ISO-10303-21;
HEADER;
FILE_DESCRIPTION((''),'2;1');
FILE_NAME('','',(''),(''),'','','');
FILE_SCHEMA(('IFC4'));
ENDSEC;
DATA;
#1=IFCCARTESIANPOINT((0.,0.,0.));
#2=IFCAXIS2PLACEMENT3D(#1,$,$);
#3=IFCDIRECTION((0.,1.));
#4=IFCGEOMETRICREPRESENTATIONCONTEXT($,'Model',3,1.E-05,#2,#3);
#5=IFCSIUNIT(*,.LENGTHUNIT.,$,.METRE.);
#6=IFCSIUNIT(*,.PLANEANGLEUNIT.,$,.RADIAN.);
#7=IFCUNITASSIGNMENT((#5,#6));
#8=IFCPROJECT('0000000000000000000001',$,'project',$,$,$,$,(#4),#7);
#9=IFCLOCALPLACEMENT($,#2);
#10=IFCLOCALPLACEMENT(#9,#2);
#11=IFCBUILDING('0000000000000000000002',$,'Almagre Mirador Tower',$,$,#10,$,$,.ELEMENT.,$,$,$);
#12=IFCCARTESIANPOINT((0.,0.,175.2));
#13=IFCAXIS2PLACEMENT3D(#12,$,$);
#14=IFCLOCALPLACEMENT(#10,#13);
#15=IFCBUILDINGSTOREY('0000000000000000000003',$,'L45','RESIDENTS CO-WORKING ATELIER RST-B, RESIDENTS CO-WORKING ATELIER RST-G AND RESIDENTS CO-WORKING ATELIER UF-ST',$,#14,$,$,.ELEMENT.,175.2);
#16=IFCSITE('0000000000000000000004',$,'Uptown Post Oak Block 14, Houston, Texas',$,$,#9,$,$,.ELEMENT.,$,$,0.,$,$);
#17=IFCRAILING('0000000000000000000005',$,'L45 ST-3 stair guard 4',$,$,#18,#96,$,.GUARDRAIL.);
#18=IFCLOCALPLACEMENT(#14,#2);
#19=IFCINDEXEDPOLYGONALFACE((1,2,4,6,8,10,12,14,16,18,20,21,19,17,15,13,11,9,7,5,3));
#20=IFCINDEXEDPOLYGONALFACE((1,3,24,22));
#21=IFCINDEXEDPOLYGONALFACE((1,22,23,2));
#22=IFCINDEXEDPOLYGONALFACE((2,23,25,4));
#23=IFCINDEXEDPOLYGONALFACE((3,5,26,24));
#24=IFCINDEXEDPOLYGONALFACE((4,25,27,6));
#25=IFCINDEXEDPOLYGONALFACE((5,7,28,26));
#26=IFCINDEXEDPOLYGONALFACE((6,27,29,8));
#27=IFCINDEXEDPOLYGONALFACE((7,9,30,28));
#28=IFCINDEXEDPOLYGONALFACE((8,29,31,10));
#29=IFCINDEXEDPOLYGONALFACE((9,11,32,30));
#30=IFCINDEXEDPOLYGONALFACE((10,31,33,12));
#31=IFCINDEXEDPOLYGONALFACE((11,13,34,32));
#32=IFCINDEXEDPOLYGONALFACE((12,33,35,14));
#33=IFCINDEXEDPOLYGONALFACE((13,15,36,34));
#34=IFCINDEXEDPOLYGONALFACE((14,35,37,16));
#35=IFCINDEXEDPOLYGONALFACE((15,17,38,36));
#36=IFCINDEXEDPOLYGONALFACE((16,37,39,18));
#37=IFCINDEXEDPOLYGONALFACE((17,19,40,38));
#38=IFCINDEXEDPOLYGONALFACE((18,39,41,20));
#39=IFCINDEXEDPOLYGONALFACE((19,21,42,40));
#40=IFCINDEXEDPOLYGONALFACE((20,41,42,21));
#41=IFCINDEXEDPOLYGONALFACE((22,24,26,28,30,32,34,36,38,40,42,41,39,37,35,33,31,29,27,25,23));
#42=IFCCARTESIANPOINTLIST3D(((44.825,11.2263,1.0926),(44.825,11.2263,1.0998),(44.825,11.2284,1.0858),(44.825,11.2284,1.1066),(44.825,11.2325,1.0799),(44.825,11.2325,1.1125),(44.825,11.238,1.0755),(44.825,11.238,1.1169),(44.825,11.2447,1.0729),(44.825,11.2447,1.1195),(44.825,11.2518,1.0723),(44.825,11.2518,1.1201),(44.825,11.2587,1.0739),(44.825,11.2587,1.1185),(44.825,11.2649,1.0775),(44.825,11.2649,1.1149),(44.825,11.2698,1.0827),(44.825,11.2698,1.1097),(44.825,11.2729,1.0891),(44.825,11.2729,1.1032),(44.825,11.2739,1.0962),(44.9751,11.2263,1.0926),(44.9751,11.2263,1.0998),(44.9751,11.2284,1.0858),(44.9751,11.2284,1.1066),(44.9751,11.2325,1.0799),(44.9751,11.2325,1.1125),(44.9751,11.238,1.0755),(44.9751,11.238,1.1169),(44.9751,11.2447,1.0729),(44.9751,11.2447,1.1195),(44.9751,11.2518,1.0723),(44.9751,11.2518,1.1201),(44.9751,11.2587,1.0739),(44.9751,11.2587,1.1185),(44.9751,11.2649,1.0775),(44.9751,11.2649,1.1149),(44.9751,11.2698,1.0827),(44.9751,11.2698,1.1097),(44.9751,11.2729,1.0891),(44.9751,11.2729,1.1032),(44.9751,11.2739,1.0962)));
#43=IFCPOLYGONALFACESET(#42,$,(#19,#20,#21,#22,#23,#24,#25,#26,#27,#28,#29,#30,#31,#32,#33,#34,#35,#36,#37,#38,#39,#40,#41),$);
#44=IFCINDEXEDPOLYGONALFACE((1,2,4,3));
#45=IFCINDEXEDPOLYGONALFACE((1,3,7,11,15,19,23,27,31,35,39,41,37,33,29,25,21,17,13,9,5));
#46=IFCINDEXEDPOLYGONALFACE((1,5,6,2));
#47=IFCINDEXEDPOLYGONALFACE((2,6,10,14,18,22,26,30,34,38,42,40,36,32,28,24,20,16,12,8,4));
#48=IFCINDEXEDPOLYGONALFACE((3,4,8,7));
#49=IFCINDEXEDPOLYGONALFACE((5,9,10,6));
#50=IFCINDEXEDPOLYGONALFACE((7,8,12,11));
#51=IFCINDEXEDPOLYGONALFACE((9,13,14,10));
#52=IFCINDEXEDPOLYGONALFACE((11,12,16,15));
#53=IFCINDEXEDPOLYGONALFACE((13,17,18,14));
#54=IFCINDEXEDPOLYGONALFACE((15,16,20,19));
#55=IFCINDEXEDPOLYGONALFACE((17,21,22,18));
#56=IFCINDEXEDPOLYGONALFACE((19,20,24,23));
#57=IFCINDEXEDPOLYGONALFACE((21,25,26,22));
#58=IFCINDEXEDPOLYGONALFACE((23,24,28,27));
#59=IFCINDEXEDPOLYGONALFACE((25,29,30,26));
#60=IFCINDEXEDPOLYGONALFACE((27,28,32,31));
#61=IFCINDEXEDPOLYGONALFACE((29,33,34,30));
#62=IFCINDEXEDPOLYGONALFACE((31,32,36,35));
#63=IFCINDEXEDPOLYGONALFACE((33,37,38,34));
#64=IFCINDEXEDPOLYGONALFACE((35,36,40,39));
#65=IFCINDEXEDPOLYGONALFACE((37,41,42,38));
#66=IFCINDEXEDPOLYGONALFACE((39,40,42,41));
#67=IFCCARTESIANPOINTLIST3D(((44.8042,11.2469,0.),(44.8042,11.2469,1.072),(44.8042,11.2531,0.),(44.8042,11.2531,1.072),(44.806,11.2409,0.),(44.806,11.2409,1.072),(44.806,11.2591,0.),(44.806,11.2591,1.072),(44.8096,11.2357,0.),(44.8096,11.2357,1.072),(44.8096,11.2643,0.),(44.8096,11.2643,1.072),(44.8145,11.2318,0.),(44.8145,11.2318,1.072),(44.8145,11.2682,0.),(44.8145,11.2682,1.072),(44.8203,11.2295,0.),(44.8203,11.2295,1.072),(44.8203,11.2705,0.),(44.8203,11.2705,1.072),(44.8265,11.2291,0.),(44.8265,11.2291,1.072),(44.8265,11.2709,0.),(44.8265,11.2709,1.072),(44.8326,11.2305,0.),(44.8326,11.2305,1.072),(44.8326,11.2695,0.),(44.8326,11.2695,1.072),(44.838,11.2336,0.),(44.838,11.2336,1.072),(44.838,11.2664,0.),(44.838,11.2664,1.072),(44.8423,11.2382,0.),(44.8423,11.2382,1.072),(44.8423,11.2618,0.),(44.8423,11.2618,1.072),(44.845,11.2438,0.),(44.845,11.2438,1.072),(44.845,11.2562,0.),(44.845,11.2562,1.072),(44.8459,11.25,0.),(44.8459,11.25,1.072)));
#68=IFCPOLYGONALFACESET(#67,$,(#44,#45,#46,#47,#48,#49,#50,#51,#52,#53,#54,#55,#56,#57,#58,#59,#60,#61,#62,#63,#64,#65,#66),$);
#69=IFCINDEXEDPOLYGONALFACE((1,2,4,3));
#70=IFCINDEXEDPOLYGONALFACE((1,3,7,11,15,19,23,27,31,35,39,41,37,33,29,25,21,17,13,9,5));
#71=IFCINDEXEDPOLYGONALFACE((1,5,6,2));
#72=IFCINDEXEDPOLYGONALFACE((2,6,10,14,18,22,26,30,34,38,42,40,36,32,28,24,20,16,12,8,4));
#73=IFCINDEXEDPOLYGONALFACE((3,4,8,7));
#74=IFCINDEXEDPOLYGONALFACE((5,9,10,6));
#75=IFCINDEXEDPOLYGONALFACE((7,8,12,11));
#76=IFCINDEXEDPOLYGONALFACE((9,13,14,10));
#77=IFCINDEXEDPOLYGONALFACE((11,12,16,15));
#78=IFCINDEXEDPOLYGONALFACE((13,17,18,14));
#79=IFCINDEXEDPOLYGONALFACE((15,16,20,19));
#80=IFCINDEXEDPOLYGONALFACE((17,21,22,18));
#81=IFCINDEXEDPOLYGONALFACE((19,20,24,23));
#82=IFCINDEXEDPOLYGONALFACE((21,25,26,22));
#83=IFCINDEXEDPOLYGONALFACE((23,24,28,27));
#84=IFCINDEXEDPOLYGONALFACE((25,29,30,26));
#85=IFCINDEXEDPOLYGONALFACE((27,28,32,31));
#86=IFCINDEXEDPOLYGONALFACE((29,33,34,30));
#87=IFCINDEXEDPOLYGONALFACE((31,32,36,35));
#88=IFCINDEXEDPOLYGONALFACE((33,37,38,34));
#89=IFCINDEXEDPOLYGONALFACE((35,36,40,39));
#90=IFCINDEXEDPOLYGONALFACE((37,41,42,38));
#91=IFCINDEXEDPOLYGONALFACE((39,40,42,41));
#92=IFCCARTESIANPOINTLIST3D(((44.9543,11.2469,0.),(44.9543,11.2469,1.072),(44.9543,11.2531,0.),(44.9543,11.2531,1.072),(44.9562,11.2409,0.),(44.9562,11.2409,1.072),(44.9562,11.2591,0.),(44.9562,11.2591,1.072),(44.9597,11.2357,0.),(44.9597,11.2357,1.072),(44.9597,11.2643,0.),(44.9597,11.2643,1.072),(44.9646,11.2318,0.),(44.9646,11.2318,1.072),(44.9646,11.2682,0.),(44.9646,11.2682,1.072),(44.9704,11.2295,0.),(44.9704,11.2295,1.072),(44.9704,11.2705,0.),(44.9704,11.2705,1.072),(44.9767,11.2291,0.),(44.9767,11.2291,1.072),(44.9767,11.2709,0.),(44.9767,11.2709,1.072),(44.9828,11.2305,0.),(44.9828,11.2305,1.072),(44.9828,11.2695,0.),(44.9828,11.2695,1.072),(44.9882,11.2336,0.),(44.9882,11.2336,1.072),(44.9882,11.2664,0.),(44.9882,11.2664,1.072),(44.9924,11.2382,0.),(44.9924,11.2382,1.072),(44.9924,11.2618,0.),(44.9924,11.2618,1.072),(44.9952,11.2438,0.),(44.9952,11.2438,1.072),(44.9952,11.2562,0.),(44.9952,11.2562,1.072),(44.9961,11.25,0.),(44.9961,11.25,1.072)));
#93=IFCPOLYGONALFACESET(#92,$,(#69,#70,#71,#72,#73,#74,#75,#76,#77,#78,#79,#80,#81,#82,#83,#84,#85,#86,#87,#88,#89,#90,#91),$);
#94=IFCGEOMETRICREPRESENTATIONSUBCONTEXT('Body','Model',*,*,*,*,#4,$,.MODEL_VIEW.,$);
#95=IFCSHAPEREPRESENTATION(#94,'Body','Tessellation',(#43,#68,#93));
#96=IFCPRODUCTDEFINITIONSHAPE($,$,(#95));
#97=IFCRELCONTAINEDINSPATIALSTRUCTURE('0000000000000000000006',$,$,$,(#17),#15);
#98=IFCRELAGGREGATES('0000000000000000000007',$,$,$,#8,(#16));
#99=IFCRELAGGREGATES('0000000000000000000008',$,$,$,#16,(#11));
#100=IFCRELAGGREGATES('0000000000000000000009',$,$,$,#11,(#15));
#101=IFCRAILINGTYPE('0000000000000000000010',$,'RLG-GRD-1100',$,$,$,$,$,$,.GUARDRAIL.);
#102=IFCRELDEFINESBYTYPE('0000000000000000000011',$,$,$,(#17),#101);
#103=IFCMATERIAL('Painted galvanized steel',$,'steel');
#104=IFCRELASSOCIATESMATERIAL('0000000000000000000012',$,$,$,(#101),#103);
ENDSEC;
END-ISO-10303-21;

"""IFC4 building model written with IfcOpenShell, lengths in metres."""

from ifc_helpers import new_model, si_unit, direction, frame, origin, origin_2d, place, context, subcontext, project, spatial, circle, extrude, material, type_object, element, save


model = new_model("IFC4")

# Units and contexts
model_context = context("Model", 3, precision=1e-05, world=origin(), true_north=direction((0.0, 1.0)))
body_context = subcontext(model_context, "Body", "Model", "MODEL_VIEW")
ifc_project = project(units=[si_unit("LENGTHUNIT", "METRE"), si_unit("PLANEANGLEUNIT", "RADIAN")], contexts=[model_context])

# Site, building, storey
site_placement = place(None, origin())
site = spatial("IfcSite", under=ifc_project, at=site_placement, Name="Uptown Post Oak Block 14, Houston, Texas", CompositionType="ELEMENT", RefElevation=0.0)
building_placement = place(site_placement, origin())
building = spatial("IfcBuilding", under=site, at=building_placement, Name="Almagre Mirador Tower", CompositionType="ELEMENT")
storey_placement = place(building_placement, frame((0.0, 0.0, 175.2)))
storey = spatial("IfcBuildingStorey", under=building, at=storey_placement, Name="L45", Description="RESIDENTS CO-WORKING ATELIER RST-B, RESIDENTS CO-WORKING ATELIER RST-G AND RESIDENTS CO-WORKING ATELIER UF-ST", CompositionType="ELEMENT", Elevation=175.2)

# Railing
ifc_material_1 = material(Name="Painted galvanized steel", Category="steel")
railing_type_1 = type_object("IfcRailingType", Name="RLG-GRD-1100", PredefinedType="GUARDRAIL", material=ifc_material_1)
railing_1_placement = place(storey_placement, frame((44.825, 11.25, 0.0)))
element("IfcRailing", 1, at=railing_1_placement, inside=storey, type_object=railing_type_1, Name="L45 ST-3 stair guard 4", PredefinedType="GUARDRAIL", context=body_context, shape_type="SweptSolid", body=[
    extrude(circle(Radius=0.0239, at=origin_2d()), frame((0.0, 0.0, 1.0962), z_axis=(1.0, 0.0, 0.0), x_axis=(0.0, 1.0, 0.0)), (0.0, 0.0, 1.0), 0.1501),
    extrude(circle(Radius=0.021, at=origin_2d()), origin(), (0.0, 0.0, 1.0), 1.072),
    extrude(circle(Radius=0.021, at=origin_2d()), frame((0.1501, 0.0, 0.0)), (0.0, 0.0, 1.0), 1.072),
])

save(model, "model.ifc")
